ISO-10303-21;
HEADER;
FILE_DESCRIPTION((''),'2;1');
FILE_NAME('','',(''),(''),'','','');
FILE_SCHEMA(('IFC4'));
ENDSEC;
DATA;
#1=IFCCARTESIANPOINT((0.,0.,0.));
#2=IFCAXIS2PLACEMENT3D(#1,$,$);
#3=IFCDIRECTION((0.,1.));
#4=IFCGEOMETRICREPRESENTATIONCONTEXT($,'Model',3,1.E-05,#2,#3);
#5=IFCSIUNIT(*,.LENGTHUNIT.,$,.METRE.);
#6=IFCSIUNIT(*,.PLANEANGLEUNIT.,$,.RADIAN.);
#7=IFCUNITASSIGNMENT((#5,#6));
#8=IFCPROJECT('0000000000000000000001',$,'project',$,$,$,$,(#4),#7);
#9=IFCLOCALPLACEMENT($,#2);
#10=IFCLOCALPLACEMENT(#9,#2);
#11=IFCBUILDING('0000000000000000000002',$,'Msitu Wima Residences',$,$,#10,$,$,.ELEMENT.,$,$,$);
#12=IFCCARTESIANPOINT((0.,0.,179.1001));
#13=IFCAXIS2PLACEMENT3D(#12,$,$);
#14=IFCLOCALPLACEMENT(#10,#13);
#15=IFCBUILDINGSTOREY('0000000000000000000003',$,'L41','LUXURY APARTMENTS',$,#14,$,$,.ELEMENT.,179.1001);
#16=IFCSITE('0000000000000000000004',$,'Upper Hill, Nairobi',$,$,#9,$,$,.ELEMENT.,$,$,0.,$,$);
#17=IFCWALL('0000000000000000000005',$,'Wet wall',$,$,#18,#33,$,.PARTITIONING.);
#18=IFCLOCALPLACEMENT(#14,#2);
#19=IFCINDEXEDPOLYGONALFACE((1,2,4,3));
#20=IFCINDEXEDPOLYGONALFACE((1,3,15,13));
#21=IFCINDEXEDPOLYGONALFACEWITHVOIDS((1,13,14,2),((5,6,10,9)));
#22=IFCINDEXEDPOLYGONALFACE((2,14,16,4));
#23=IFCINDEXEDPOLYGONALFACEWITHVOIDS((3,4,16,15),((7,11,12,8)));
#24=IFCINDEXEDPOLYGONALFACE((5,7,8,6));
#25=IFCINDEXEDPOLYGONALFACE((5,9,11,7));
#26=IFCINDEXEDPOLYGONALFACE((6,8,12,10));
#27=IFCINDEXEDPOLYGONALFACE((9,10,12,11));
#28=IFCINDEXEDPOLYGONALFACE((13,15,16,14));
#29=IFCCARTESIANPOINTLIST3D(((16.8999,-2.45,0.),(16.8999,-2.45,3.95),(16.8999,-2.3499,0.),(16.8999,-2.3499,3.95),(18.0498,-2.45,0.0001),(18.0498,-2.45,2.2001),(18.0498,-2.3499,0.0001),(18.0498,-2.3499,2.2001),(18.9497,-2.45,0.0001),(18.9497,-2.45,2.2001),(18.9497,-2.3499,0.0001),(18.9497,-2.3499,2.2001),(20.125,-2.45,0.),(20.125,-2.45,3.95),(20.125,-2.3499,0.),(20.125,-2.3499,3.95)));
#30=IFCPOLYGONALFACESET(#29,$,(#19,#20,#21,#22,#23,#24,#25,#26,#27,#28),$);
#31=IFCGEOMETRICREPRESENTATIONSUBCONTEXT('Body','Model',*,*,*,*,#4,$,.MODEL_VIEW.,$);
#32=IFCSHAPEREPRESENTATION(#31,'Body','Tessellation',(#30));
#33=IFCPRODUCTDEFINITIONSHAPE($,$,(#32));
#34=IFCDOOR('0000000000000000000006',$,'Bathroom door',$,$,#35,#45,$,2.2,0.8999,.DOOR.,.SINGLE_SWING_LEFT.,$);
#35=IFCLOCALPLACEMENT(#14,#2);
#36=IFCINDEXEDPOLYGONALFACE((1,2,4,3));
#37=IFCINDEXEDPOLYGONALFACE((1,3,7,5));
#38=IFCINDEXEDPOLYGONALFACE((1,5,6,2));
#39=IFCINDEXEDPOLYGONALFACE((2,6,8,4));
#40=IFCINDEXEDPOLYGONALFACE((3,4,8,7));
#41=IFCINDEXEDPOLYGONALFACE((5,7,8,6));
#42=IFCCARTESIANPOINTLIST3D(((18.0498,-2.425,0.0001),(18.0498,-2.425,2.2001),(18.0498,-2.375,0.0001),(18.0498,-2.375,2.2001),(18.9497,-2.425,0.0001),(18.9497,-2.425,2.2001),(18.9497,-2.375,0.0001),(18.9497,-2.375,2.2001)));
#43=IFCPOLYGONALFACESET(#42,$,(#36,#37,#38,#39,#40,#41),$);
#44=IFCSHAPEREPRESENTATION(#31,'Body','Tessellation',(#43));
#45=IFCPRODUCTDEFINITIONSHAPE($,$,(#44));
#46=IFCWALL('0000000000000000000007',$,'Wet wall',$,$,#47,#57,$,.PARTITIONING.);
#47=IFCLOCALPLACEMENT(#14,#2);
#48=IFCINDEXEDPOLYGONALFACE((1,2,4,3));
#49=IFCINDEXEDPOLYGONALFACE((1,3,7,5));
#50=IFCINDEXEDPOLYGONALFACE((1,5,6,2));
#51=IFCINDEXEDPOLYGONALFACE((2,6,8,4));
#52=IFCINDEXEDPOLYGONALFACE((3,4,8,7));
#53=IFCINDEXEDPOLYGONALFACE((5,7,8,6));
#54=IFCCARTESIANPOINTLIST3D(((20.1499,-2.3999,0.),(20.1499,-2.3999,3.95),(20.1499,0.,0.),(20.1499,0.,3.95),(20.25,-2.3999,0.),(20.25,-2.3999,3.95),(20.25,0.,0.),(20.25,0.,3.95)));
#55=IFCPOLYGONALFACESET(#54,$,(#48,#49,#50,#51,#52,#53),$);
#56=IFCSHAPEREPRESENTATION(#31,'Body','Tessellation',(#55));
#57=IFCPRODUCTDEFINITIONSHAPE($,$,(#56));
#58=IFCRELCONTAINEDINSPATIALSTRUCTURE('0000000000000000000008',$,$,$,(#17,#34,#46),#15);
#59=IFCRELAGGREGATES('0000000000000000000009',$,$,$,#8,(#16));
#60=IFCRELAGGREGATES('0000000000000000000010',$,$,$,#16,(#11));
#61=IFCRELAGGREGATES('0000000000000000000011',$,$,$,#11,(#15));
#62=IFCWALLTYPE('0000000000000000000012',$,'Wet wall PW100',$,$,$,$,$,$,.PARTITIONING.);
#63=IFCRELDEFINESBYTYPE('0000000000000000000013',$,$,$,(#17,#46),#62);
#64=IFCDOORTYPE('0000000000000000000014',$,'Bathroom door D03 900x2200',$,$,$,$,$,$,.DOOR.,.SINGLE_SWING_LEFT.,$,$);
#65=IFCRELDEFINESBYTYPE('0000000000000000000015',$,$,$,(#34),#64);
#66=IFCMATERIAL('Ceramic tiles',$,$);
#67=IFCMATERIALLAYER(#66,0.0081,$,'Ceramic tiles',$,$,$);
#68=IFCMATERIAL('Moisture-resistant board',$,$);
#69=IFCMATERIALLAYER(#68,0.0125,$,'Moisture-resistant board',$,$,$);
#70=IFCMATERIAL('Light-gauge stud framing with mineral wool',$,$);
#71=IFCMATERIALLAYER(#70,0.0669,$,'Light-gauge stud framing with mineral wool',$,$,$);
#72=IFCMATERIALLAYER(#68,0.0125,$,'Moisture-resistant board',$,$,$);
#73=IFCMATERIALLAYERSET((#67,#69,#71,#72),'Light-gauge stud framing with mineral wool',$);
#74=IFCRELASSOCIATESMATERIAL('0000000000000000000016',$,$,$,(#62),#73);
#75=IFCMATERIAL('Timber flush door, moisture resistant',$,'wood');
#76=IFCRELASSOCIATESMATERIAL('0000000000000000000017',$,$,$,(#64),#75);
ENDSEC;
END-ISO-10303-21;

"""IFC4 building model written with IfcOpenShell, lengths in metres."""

from ifc_helpers import new_model, si_unit, direction, frame, frame_2d, origin, place, context, subcontext, project, spatial, rectangle, extrude, material, layer, layer_set, type_object, element, fill, save


model = new_model("IFC4")

# Units and contexts
model_context = context("Model", 3, precision=1e-05, world=origin(), true_north=direction((0.0, 1.0)))
body_context = subcontext(model_context, "Body", "Model", "MODEL_VIEW")
ifc_project = project(units=[si_unit("LENGTHUNIT", "METRE"), si_unit("PLANEANGLEUNIT", "RADIAN")], contexts=[model_context])

# Site, building, storey
site_placement = place(None, origin())
site = spatial("IfcSite", under=ifc_project, at=site_placement, Name="Upper Hill, Nairobi", CompositionType="ELEMENT", RefElevation=0.0)
building_placement = place(site_placement, origin())
building = spatial("IfcBuilding", under=site, at=building_placement, Name="Msitu Wima Residences", CompositionType="ELEMENT")
storey_placement = place(building_placement, frame((0.0, 0.0, 179.1001)))
storey = spatial("IfcBuildingStorey", under=building, at=storey_placement, Name="L41", Description="LUXURY APARTMENTS", CompositionType="ELEMENT", Elevation=179.1001)

# Wall, opening, door
ifc_material_1 = material(Name="Ceramic tiles")
ifc_layer_1 = layer(ifc_material_1, 0.0081, Name="Ceramic tiles")
ifc_material_2 = material(Name="Moisture-resistant board")
ifc_layer_2 = layer(ifc_material_2, 0.0125, Name="Moisture-resistant board")
ifc_material_3 = material(Name="Light-gauge stud framing with mineral wool")
ifc_layer_3 = layer(ifc_material_3, 0.0669, Name="Light-gauge stud framing with mineral wool")
ifc_layer_4 = layer(ifc_material_2, 0.0125, Name="Moisture-resistant board")
ifc_layer_set_1 = layer_set([ifc_layer_1, ifc_layer_2, ifc_layer_3, ifc_layer_4], Name="Light-gauge stud framing with mineral wool")
wall_type_1 = type_object("IfcWallType", Name="Wet wall PW100", PredefinedType="PARTITIONING", material=ifc_layer_set_1)
wall_1_placement = place(storey_placement, frame((16.8999, -2.3999, 0.0), z_axis=(0.0, 0.0, 1.0), x_axis=(1.0, 0.0, 0.0)))
wall_1 = element("IfcWall", 1, at=wall_1_placement, inside=storey, type_object=wall_type_1, Name="Wet wall", PredefinedType="PARTITIONING", context=body_context, shape_type="SweptSolid", body=[
    extrude(rectangle(XDim=3.2251, YDim=0.1001, at=frame_2d((1.6125, 0.0))), origin(), (0.0, 0.0, 1.0), 3.95),
])
opening_1_placement = place(wall_1_placement, frame((1.1499, 0.0, 0.0)))
opening_1 = element("IfcOpeningElement", 2, at=opening_1_placement, cuts=wall_1, PredefinedType="OPENING", context=body_context, shape_type="SweptSolid", body=[
    extrude(rectangle(XDim=0.8999, YDim=2.2, at=frame_2d((0.45, 1.1001))), frame((0.0, 0.0601, 0.0), z_axis=(0.0, -1.0, 0.0), x_axis=(1.0, 0.0, 0.0)), (0.0, 0.0, 1.0), 0.1201),
])
ifc_material_4 = material(Name="Timber flush door, moisture resistant", Category="wood")
door_type_1 = type_object("IfcDoorType", Name="Bathroom door D03 900x2200", OperationType="SINGLE_SWING_LEFT", PredefinedType="DOOR", material=ifc_material_4)
door_1_placement = place(opening_1_placement, origin())
door_1 = element("IfcDoor", 3, at=door_1_placement, inside=storey, type_object=door_type_1, Name="Bathroom door", OperationType="SINGLE_SWING_LEFT", OverallHeight=2.2, OverallWidth=0.8999, PredefinedType="DOOR", context=body_context, shape_type="SweptSolid", body=[
    extrude(rectangle(XDim=0.8999, YDim=2.2, at=frame_2d((0.45, 1.1001))), frame((0.0, 0.0249, 0.0), z_axis=(0.0, -1.0, 0.0), x_axis=(1.0, 0.0, 0.0)), (0.0, 0.0, 1.0), 0.05),
])
fill(opening_1, door_1)

# Wall
wall_2_placement = place(storey_placement, frame((20.2, -2.3999, 0.0), z_axis=(0.0, 0.0, 1.0), x_axis=(0.0, 1.0, 0.0)))
element("IfcWall", 4, at=wall_2_placement, inside=storey, type_object=wall_type_1, Name="Wet wall", PredefinedType="PARTITIONING", context=body_context, shape_type="SweptSolid", body=[
    extrude(rectangle(XDim=2.3999, YDim=0.1001, at=frame_2d((1.2, 0.0))), origin(), (0.0, 0.0, 1.0), 3.95),
])

save(model, "model.ifc")
